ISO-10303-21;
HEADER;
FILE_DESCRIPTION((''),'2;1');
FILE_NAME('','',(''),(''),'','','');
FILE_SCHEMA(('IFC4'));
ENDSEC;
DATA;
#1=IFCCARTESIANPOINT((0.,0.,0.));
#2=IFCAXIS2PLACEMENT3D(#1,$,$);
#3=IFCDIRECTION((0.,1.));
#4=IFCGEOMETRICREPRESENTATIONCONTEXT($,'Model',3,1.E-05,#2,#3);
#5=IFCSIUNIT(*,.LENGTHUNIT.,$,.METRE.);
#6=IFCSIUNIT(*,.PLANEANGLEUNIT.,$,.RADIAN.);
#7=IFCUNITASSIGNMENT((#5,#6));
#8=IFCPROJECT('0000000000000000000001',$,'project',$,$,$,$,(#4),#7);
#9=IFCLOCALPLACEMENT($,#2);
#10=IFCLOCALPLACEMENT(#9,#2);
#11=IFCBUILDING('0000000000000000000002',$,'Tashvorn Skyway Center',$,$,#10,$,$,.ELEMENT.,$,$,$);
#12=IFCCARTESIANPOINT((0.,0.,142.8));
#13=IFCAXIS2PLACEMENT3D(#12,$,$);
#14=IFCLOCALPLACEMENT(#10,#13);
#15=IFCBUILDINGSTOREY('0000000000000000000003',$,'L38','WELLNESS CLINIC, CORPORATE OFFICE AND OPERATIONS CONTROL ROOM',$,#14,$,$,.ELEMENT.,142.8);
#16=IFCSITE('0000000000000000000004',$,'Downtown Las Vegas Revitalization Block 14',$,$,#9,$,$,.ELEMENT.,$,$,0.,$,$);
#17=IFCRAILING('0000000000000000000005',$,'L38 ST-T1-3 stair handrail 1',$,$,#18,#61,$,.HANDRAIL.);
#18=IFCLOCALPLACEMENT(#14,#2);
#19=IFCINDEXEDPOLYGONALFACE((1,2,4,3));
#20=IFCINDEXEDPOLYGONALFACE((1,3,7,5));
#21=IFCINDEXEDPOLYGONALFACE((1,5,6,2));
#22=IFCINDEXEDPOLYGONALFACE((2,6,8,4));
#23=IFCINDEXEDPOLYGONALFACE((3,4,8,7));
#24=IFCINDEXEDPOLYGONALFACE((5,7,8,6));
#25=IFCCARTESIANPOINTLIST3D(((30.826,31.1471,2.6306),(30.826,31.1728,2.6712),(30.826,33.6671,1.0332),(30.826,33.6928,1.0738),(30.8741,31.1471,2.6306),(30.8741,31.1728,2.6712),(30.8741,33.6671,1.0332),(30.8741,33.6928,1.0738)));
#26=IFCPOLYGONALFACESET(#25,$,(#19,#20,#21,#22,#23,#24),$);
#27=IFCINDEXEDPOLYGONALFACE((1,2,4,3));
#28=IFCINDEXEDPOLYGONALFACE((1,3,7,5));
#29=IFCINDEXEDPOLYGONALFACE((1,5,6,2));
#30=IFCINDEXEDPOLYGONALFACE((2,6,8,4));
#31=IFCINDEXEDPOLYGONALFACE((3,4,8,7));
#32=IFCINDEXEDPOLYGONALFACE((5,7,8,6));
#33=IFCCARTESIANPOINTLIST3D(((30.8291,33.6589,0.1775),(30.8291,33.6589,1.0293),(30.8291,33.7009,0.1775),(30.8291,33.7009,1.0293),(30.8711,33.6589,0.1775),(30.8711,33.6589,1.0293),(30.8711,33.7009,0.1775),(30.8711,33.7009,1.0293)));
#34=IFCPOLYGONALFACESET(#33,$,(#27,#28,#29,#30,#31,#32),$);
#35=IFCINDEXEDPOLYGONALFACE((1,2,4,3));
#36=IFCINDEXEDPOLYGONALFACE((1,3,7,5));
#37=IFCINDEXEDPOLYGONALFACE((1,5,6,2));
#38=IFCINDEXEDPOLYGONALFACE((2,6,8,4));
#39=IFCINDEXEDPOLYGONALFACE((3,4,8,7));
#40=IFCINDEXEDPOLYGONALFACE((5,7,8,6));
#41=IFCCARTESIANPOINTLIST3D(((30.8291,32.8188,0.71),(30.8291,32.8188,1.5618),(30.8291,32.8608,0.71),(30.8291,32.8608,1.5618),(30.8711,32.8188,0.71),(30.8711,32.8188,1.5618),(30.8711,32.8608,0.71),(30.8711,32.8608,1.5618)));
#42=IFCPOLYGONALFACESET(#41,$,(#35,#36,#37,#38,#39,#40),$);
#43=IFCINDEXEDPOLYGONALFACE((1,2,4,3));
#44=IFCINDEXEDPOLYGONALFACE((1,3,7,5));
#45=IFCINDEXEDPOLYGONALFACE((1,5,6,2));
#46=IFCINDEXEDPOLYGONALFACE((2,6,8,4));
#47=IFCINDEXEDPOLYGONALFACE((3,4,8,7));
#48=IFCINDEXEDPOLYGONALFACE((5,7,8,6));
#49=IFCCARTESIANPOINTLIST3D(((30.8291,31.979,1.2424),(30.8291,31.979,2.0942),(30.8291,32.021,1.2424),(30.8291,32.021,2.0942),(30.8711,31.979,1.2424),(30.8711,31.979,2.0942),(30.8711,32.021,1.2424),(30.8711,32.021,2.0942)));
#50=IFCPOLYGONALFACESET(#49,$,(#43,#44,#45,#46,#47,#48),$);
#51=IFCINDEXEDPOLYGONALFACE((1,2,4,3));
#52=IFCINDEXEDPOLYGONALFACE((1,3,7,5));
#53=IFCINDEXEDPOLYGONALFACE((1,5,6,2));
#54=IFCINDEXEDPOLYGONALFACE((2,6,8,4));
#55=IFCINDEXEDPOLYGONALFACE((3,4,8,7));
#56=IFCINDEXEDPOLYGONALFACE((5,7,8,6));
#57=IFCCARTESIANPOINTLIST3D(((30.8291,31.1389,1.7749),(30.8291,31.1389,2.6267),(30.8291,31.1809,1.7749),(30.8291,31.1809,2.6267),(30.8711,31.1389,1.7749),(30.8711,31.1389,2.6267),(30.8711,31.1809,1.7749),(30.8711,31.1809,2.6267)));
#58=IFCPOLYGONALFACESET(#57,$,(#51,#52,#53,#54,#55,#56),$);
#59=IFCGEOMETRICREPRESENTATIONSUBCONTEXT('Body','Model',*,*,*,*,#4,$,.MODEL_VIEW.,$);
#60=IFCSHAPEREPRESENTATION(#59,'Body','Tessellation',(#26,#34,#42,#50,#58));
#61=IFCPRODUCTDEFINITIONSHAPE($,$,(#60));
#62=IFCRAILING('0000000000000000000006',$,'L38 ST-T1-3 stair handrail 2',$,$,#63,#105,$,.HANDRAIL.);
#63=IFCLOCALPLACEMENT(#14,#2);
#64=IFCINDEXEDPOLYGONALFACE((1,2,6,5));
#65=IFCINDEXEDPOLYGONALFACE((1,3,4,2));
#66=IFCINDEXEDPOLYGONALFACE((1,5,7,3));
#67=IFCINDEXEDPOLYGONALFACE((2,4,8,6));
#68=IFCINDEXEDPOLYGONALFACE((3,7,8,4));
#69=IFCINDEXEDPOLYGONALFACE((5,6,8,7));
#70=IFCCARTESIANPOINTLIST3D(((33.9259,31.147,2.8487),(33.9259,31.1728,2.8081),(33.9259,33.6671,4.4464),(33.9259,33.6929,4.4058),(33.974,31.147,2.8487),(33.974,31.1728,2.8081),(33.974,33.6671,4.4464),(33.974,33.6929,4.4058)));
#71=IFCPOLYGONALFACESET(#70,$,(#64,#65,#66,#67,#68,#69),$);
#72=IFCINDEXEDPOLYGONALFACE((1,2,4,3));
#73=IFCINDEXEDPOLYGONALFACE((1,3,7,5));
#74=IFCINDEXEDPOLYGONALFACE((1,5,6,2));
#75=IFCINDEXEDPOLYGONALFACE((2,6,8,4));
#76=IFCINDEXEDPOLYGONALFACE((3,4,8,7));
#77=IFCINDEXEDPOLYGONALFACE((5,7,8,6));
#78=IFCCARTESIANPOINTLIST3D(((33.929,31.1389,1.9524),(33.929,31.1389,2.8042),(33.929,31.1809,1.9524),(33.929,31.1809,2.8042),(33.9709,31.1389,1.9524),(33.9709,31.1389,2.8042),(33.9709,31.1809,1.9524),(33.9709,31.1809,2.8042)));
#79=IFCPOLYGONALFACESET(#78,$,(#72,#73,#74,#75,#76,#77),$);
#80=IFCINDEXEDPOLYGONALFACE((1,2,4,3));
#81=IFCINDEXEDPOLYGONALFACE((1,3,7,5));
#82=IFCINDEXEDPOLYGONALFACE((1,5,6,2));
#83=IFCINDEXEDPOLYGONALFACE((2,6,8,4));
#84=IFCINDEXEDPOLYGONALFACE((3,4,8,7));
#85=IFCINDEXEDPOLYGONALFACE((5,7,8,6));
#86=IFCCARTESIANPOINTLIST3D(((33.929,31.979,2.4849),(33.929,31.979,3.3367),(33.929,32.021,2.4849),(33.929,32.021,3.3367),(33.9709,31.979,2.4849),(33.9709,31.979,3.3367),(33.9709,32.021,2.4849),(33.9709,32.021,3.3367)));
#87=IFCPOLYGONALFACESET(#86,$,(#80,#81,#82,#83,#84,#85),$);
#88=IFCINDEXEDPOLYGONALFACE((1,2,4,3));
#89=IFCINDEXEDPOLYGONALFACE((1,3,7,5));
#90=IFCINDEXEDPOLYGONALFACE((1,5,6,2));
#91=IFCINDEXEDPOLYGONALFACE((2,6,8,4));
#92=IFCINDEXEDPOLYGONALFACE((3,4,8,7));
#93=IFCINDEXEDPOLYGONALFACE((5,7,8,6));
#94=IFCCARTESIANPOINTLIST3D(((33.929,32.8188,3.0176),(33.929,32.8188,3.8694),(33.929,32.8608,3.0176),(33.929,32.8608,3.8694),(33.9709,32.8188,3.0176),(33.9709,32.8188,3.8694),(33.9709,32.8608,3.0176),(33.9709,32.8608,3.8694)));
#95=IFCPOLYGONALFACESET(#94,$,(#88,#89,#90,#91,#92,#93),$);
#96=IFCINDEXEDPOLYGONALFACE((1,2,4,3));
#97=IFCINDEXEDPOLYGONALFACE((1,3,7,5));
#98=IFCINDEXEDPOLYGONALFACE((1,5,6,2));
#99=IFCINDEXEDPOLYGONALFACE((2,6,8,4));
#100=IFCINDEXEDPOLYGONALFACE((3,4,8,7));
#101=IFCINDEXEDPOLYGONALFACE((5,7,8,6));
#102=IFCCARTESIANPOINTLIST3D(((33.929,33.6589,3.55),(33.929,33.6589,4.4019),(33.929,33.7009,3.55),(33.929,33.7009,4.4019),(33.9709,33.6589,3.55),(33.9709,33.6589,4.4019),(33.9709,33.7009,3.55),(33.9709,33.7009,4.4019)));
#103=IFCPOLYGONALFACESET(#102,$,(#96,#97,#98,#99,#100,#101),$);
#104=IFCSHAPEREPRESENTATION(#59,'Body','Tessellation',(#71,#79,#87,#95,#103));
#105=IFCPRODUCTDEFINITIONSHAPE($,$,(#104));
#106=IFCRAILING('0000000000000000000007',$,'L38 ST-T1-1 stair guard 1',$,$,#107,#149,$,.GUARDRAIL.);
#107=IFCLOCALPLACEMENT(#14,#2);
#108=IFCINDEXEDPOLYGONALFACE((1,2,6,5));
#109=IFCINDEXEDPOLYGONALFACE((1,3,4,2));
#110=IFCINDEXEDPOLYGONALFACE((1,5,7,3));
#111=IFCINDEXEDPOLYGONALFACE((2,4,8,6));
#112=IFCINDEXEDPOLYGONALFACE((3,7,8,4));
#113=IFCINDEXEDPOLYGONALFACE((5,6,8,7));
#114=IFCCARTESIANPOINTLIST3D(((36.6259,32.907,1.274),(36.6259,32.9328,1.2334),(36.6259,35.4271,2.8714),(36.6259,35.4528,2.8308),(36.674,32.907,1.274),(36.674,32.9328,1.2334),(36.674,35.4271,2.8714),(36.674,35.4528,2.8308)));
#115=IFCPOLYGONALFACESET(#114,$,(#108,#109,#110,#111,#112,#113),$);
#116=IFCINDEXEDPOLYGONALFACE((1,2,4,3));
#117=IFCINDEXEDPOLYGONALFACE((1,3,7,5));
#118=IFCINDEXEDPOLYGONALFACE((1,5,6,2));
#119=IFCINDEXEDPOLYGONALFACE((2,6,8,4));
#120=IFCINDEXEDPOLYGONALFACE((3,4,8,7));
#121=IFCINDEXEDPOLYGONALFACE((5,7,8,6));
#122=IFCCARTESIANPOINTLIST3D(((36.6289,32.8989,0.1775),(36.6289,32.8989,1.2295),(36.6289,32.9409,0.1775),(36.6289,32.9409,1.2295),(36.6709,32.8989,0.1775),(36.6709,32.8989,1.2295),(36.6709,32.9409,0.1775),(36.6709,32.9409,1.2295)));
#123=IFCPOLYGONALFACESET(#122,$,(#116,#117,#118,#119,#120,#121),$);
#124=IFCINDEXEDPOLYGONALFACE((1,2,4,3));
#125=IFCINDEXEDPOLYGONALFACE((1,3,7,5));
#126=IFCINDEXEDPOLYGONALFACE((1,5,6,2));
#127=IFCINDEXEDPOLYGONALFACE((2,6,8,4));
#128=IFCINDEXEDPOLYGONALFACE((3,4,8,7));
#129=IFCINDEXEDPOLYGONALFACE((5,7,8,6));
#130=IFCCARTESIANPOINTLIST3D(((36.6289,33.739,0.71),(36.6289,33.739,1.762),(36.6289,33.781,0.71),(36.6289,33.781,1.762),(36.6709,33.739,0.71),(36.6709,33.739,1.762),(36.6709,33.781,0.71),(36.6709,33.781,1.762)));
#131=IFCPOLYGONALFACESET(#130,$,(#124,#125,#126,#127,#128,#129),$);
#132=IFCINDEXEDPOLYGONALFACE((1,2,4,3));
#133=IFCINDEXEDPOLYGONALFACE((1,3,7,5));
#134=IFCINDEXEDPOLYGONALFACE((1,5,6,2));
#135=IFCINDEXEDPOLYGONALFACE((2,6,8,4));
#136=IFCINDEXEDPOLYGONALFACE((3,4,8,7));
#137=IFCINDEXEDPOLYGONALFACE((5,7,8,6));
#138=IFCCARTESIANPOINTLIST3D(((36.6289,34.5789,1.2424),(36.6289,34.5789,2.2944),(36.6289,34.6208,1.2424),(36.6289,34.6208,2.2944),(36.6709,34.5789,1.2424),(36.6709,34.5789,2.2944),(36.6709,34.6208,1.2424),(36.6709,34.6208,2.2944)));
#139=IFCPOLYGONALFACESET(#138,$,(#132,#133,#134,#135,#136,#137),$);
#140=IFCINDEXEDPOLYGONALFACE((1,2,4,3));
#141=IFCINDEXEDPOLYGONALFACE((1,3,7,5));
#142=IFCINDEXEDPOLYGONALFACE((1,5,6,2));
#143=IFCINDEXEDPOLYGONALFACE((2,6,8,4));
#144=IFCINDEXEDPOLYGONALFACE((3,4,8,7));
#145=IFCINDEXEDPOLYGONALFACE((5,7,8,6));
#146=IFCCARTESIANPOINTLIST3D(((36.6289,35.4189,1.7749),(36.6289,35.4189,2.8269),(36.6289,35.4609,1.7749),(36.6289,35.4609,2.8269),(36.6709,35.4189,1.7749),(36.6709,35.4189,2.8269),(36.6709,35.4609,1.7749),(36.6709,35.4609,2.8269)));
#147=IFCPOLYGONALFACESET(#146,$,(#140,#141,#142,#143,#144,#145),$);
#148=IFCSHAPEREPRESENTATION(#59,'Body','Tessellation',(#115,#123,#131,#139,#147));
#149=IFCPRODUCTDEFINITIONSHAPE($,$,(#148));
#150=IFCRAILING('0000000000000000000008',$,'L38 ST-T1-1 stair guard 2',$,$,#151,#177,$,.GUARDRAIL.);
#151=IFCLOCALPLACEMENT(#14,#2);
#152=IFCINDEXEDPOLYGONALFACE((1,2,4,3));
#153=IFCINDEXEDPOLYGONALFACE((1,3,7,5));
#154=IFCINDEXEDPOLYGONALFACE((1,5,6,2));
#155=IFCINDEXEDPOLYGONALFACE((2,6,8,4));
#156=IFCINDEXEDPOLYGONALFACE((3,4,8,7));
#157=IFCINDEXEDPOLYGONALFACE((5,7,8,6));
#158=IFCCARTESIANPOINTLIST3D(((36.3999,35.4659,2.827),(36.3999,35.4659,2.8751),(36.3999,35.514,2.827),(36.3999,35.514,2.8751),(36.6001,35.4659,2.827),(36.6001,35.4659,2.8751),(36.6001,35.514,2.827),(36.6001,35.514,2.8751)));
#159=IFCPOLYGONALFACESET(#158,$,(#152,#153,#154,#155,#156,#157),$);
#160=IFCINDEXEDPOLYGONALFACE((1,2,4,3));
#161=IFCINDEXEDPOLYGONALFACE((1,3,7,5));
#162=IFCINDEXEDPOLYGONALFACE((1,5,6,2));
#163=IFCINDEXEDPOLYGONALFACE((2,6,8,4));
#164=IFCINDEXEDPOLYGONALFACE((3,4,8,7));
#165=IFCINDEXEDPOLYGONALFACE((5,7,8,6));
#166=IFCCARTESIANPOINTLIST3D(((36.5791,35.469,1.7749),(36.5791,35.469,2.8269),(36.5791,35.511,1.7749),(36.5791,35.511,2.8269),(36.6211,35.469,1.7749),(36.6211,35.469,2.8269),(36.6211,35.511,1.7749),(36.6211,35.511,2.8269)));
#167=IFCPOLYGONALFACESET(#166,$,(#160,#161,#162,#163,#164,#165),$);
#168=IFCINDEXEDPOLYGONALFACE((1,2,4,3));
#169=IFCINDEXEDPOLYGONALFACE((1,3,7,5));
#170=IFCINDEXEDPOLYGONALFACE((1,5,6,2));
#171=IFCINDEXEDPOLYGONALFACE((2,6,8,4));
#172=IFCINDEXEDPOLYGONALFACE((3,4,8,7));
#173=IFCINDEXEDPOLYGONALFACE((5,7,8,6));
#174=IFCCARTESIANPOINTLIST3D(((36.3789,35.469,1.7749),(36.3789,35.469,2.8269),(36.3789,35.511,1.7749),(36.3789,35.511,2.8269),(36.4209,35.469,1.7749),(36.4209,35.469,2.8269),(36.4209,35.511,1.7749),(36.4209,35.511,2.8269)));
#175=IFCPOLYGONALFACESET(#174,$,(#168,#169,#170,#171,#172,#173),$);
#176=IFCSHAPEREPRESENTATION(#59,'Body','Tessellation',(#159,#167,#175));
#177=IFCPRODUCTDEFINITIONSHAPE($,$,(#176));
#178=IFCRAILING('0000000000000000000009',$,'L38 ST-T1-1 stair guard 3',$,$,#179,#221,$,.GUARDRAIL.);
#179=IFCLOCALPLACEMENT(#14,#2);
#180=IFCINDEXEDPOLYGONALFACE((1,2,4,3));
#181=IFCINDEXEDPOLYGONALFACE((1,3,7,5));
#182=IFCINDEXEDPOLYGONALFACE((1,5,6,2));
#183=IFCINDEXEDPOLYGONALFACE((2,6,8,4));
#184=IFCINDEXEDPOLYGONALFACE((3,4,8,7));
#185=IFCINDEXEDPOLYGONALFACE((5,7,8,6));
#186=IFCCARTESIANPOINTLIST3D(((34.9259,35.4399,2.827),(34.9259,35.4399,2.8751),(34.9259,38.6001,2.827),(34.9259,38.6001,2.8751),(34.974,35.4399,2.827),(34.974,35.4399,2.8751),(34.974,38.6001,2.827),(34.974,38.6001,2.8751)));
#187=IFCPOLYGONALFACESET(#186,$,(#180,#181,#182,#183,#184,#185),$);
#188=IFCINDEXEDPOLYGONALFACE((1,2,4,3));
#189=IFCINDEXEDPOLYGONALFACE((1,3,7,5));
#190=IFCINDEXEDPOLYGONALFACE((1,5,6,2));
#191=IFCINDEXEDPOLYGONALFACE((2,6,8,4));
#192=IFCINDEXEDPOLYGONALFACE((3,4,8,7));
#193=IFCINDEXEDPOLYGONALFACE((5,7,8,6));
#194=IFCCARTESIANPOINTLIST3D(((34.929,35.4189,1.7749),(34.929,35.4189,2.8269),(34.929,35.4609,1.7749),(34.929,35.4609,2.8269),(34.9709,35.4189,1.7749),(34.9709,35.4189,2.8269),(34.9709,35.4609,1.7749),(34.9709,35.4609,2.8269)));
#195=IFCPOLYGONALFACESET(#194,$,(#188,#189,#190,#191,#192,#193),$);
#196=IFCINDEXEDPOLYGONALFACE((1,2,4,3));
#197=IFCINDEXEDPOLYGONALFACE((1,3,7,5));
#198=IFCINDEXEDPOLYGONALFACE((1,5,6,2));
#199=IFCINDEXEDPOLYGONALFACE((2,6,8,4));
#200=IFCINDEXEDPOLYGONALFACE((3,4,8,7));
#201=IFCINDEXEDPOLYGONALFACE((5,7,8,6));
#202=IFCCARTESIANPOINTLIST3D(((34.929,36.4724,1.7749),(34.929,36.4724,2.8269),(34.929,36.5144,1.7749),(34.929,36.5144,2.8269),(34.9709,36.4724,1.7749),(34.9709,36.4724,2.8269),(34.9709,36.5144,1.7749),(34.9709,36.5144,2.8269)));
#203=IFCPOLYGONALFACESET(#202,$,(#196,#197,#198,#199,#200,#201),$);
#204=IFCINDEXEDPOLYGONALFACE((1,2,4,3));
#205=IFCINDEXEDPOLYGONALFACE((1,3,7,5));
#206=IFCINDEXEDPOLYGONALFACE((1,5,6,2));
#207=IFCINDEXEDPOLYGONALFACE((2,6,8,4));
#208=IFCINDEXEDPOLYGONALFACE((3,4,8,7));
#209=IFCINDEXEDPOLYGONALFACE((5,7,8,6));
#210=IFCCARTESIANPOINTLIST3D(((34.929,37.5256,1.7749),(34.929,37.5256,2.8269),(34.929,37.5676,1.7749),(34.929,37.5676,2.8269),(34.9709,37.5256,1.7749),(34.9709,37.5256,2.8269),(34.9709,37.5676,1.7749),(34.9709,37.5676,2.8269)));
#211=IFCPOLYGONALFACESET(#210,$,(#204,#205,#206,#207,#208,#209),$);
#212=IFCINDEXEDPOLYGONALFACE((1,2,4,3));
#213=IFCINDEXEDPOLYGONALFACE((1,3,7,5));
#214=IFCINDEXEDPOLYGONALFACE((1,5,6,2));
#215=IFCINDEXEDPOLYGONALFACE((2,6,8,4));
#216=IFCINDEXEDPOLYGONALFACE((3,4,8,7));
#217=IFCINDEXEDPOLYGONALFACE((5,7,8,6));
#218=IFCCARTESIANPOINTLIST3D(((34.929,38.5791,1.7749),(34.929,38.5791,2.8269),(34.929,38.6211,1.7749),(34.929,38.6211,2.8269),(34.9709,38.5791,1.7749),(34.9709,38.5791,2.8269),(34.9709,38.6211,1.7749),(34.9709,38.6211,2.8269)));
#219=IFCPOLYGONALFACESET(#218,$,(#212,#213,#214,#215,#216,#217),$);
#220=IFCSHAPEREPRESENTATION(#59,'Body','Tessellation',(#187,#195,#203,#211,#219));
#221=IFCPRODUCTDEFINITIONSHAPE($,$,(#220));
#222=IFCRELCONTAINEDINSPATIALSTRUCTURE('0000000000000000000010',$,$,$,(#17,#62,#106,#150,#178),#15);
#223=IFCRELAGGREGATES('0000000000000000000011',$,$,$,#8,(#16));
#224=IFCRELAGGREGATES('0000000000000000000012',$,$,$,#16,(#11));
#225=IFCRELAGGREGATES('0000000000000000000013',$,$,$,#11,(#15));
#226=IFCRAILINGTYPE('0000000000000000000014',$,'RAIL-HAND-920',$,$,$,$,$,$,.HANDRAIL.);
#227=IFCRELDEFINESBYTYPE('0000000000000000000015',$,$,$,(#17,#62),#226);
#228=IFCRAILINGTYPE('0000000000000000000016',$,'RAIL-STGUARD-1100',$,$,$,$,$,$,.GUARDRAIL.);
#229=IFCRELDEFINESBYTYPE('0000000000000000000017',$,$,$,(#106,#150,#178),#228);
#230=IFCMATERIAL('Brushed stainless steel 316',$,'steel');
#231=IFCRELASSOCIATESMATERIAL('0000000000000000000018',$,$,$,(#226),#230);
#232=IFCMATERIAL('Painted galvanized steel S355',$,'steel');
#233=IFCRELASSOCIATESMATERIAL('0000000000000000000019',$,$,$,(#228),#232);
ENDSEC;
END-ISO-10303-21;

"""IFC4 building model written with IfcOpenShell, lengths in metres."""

from ifc_helpers import new_model, si_unit, direction, frame, origin, origin_2d, place, context, subcontext, project, spatial, rectangle, extrude, material, type_object, element, save


model = new_model("IFC4")

# Units and contexts
model_context = context("Model", 3, precision=1e-05, world=origin(), true_north=direction((0.0, 1.0)))
body_context = subcontext(model_context, "Body", "Model", "MODEL_VIEW")
ifc_project = project(units=[si_unit("LENGTHUNIT", "METRE"), si_unit("PLANEANGLEUNIT", "RADIAN")], contexts=[model_context])

# Site, building, storey
site_placement = place(None, origin())
site = spatial("IfcSite", under=ifc_project, at=site_placement, Name="Downtown Las Vegas Revitalization Block 14", CompositionType="ELEMENT", RefElevation=0.0)
building_placement = place(site_placement, origin())
building = spatial("IfcBuilding", under=site, at=building_placement, Name="Tashvorn Skyway Center", CompositionType="ELEMENT")
storey_placement = place(building_placement, frame((0.0, 0.0, 142.8)))
storey = spatial("IfcBuildingStorey", under=building, at=storey_placement, Name="L38", Description="WELLNESS CLINIC, CORPORATE OFFICE AND OPERATIONS CONTROL ROOM", CompositionType="ELEMENT", Elevation=142.8)

# Railings
ifc_material_1 = material(Name="Brushed stainless steel 316", Category="steel")
railing_type_1 = type_object("IfcRailingType", Name="RAIL-HAND-920", PredefinedType="HANDRAIL", material=ifc_material_1)
railing_1_placement = place(storey_placement, frame((30.8501, 33.6799, 0.1775)))
element("IfcRailing", 1, at=railing_1_placement, inside=storey, type_object=railing_type_1, Name="L38 ST-T1-3 stair handrail 1", PredefinedType="HANDRAIL", context=body_context, shape_type="SweptSolid", body=[
    extrude(rectangle(XDim=0.0481, YDim=0.0481, at=origin_2d()), frame((0.0, 0.0, 0.876), z_axis=(0.0, -0.844607, 0.535387), x_axis=(1.0, 0.0, 0.0)), (0.0, 0.0, 1.0), 2.9836),
    extrude(rectangle(XDim=0.042, YDim=0.042, at=origin_2d()), origin(), (0.0, 0.0, 1.0), 0.8518),
    extrude(rectangle(XDim=0.042, YDim=0.042, at=origin_2d()), frame((0.0, -0.8401, 0.5325)), (0.0, 0.0, 1.0), 0.8518),
    extrude(rectangle(XDim=0.042, YDim=0.042, at=origin_2d()), frame((0.0, -1.6799, 1.0649)), (0.0, 0.0, 1.0), 0.8518),
    extrude(rectangle(XDim=0.042, YDim=0.042, at=origin_2d()), frame((0.0, -2.52, 1.5974)), (0.0, 0.0, 1.0), 0.8518),
])
railing_2_placement = place(storey_placement, frame((33.95, 31.1599, 1.9524)))
element("IfcRailing", 2, at=railing_2_placement, inside=storey, type_object=railing_type_1, Name="L38 ST-T1-3 stair handrail 2", PredefinedType="HANDRAIL", context=body_context, shape_type="SweptSolid", body=[
    extrude(rectangle(XDim=0.0481, YDim=0.0481, at=origin_2d()), frame((0.0, 0.0, 0.876), z_axis=(0.0, 0.84457, 0.535445), x_axis=(-1.0, 0.0, 0.0)), (0.0, 0.0, 1.0), 2.9839),
    extrude(rectangle(XDim=0.042, YDim=0.042, at=origin_2d()), origin(), (0.0, 0.0, 1.0), 0.8518),
    extrude(rectangle(XDim=0.042, YDim=0.042, at=origin_2d()), frame((0.0, 0.8401, 0.5325)), (0.0, 0.0, 1.0), 0.8518),
    extrude(rectangle(XDim=0.042, YDim=0.042, at=origin_2d()), frame((0.0, 1.6799, 1.0652)), (0.0, 0.0, 1.0), 0.8518),
    extrude(rectangle(XDim=0.042, YDim=0.042, at=origin_2d()), frame((0.0, 2.52, 1.5977)), (0.0, 0.0, 1.0), 0.8518),
])
ifc_material_2 = material(Name="Painted galvanized steel S355", Category="steel")
railing_type_2 = type_object("IfcRailingType", Name="RAIL-STGUARD-1100", PredefinedType="GUARDRAIL", material=ifc_material_2)
railing_3_placement = place(storey_placement, frame((36.6499, 32.9199, 0.1775)))
element("IfcRailing", 3, at=railing_3_placement, inside=storey, type_object=railing_type_2, Name="L38 ST-T1-1 stair guard 1", PredefinedType="GUARDRAIL", context=body_context, shape_type="SweptSolid", body=[
    extrude(rectangle(XDim=0.0481, YDim=0.0481, at=origin_2d()), frame((0.0, 0.0, 1.0762), z_axis=(0.0, 0.844607, 0.535387), x_axis=(-1.0, 0.0, 0.0)), (0.0, 0.0, 1.0), 2.9836),
    extrude(rectangle(XDim=0.042, YDim=0.042, at=origin_2d()), origin(), (0.0, 0.0, 1.0), 1.052),
    extrude(rectangle(XDim=0.042, YDim=0.042, at=origin_2d()), frame((0.0, 0.8401, 0.5325)), (0.0, 0.0, 1.0), 1.052),
    extrude(rectangle(XDim=0.042, YDim=0.042, at=origin_2d()), frame((0.0, 1.6799, 1.0649)), (0.0, 0.0, 1.0), 1.052),
    extrude(rectangle(XDim=0.042, YDim=0.042, at=origin_2d()), frame((0.0, 2.52, 1.5974)), (0.0, 0.0, 1.0), 1.052),
])
railing_4_placement = place(storey_placement, frame((36.6001, 35.49, 1.7749)))
element("IfcRailing", 4, at=railing_4_placement, inside=storey, type_object=railing_type_2, Name="L38 ST-T1-1 stair guard 2", PredefinedType="GUARDRAIL", context=body_context, shape_type="SweptSolid", body=[
    extrude(rectangle(XDim=0.0481, YDim=0.0481, at=origin_2d()), frame((0.0, 0.0, 1.0762), z_axis=(-1.0, 0.0, 0.0), x_axis=(0.0, -1.0, 0.0)), (0.0, 0.0, 1.0), 0.2002),
    extrude(rectangle(XDim=0.042, YDim=0.042, at=origin_2d()), origin(), (0.0, 0.0, 1.0), 1.052),
    extrude(rectangle(XDim=0.042, YDim=0.042, at=origin_2d()), frame((-0.2002, 0.0, 0.0)), (0.0, 0.0, 1.0), 1.052),
])
railing_5_placement = place(storey_placement, frame((34.95, 35.4399, 1.7749)))
element("IfcRailing", 5, at=railing_5_placement, inside=storey, type_object=railing_type_2, Name="L38 ST-T1-1 stair guard 3", PredefinedType="GUARDRAIL", context=body_context, shape_type="SweptSolid", body=[
    extrude(rectangle(XDim=0.0481, YDim=0.0481, at=origin_2d()), frame((0.0, 0.0, 1.0762), z_axis=(0.0, 1.0, 0.0), x_axis=(-1.0, 0.0, 0.0)), (0.0, 0.0, 1.0), 3.1602),
    extrude(rectangle(XDim=0.042, YDim=0.042, at=origin_2d()), origin(), (0.0, 0.0, 1.0), 1.052),
    extrude(rectangle(XDim=0.042, YDim=0.042, at=origin_2d()), frame((0.0, 1.0535, 0.0)), (0.0, 0.0, 1.0), 1.052),
    extrude(rectangle(XDim=0.042, YDim=0.042, at=origin_2d()), frame((0.0, 2.1067, 0.0)), (0.0, 0.0, 1.0), 1.052),
    extrude(rectangle(XDim=0.042, YDim=0.042, at=origin_2d()), frame((0.0, 3.1602, 0.0)), (0.0, 0.0, 1.0), 1.052),
])

save(model, "model.ifc")
